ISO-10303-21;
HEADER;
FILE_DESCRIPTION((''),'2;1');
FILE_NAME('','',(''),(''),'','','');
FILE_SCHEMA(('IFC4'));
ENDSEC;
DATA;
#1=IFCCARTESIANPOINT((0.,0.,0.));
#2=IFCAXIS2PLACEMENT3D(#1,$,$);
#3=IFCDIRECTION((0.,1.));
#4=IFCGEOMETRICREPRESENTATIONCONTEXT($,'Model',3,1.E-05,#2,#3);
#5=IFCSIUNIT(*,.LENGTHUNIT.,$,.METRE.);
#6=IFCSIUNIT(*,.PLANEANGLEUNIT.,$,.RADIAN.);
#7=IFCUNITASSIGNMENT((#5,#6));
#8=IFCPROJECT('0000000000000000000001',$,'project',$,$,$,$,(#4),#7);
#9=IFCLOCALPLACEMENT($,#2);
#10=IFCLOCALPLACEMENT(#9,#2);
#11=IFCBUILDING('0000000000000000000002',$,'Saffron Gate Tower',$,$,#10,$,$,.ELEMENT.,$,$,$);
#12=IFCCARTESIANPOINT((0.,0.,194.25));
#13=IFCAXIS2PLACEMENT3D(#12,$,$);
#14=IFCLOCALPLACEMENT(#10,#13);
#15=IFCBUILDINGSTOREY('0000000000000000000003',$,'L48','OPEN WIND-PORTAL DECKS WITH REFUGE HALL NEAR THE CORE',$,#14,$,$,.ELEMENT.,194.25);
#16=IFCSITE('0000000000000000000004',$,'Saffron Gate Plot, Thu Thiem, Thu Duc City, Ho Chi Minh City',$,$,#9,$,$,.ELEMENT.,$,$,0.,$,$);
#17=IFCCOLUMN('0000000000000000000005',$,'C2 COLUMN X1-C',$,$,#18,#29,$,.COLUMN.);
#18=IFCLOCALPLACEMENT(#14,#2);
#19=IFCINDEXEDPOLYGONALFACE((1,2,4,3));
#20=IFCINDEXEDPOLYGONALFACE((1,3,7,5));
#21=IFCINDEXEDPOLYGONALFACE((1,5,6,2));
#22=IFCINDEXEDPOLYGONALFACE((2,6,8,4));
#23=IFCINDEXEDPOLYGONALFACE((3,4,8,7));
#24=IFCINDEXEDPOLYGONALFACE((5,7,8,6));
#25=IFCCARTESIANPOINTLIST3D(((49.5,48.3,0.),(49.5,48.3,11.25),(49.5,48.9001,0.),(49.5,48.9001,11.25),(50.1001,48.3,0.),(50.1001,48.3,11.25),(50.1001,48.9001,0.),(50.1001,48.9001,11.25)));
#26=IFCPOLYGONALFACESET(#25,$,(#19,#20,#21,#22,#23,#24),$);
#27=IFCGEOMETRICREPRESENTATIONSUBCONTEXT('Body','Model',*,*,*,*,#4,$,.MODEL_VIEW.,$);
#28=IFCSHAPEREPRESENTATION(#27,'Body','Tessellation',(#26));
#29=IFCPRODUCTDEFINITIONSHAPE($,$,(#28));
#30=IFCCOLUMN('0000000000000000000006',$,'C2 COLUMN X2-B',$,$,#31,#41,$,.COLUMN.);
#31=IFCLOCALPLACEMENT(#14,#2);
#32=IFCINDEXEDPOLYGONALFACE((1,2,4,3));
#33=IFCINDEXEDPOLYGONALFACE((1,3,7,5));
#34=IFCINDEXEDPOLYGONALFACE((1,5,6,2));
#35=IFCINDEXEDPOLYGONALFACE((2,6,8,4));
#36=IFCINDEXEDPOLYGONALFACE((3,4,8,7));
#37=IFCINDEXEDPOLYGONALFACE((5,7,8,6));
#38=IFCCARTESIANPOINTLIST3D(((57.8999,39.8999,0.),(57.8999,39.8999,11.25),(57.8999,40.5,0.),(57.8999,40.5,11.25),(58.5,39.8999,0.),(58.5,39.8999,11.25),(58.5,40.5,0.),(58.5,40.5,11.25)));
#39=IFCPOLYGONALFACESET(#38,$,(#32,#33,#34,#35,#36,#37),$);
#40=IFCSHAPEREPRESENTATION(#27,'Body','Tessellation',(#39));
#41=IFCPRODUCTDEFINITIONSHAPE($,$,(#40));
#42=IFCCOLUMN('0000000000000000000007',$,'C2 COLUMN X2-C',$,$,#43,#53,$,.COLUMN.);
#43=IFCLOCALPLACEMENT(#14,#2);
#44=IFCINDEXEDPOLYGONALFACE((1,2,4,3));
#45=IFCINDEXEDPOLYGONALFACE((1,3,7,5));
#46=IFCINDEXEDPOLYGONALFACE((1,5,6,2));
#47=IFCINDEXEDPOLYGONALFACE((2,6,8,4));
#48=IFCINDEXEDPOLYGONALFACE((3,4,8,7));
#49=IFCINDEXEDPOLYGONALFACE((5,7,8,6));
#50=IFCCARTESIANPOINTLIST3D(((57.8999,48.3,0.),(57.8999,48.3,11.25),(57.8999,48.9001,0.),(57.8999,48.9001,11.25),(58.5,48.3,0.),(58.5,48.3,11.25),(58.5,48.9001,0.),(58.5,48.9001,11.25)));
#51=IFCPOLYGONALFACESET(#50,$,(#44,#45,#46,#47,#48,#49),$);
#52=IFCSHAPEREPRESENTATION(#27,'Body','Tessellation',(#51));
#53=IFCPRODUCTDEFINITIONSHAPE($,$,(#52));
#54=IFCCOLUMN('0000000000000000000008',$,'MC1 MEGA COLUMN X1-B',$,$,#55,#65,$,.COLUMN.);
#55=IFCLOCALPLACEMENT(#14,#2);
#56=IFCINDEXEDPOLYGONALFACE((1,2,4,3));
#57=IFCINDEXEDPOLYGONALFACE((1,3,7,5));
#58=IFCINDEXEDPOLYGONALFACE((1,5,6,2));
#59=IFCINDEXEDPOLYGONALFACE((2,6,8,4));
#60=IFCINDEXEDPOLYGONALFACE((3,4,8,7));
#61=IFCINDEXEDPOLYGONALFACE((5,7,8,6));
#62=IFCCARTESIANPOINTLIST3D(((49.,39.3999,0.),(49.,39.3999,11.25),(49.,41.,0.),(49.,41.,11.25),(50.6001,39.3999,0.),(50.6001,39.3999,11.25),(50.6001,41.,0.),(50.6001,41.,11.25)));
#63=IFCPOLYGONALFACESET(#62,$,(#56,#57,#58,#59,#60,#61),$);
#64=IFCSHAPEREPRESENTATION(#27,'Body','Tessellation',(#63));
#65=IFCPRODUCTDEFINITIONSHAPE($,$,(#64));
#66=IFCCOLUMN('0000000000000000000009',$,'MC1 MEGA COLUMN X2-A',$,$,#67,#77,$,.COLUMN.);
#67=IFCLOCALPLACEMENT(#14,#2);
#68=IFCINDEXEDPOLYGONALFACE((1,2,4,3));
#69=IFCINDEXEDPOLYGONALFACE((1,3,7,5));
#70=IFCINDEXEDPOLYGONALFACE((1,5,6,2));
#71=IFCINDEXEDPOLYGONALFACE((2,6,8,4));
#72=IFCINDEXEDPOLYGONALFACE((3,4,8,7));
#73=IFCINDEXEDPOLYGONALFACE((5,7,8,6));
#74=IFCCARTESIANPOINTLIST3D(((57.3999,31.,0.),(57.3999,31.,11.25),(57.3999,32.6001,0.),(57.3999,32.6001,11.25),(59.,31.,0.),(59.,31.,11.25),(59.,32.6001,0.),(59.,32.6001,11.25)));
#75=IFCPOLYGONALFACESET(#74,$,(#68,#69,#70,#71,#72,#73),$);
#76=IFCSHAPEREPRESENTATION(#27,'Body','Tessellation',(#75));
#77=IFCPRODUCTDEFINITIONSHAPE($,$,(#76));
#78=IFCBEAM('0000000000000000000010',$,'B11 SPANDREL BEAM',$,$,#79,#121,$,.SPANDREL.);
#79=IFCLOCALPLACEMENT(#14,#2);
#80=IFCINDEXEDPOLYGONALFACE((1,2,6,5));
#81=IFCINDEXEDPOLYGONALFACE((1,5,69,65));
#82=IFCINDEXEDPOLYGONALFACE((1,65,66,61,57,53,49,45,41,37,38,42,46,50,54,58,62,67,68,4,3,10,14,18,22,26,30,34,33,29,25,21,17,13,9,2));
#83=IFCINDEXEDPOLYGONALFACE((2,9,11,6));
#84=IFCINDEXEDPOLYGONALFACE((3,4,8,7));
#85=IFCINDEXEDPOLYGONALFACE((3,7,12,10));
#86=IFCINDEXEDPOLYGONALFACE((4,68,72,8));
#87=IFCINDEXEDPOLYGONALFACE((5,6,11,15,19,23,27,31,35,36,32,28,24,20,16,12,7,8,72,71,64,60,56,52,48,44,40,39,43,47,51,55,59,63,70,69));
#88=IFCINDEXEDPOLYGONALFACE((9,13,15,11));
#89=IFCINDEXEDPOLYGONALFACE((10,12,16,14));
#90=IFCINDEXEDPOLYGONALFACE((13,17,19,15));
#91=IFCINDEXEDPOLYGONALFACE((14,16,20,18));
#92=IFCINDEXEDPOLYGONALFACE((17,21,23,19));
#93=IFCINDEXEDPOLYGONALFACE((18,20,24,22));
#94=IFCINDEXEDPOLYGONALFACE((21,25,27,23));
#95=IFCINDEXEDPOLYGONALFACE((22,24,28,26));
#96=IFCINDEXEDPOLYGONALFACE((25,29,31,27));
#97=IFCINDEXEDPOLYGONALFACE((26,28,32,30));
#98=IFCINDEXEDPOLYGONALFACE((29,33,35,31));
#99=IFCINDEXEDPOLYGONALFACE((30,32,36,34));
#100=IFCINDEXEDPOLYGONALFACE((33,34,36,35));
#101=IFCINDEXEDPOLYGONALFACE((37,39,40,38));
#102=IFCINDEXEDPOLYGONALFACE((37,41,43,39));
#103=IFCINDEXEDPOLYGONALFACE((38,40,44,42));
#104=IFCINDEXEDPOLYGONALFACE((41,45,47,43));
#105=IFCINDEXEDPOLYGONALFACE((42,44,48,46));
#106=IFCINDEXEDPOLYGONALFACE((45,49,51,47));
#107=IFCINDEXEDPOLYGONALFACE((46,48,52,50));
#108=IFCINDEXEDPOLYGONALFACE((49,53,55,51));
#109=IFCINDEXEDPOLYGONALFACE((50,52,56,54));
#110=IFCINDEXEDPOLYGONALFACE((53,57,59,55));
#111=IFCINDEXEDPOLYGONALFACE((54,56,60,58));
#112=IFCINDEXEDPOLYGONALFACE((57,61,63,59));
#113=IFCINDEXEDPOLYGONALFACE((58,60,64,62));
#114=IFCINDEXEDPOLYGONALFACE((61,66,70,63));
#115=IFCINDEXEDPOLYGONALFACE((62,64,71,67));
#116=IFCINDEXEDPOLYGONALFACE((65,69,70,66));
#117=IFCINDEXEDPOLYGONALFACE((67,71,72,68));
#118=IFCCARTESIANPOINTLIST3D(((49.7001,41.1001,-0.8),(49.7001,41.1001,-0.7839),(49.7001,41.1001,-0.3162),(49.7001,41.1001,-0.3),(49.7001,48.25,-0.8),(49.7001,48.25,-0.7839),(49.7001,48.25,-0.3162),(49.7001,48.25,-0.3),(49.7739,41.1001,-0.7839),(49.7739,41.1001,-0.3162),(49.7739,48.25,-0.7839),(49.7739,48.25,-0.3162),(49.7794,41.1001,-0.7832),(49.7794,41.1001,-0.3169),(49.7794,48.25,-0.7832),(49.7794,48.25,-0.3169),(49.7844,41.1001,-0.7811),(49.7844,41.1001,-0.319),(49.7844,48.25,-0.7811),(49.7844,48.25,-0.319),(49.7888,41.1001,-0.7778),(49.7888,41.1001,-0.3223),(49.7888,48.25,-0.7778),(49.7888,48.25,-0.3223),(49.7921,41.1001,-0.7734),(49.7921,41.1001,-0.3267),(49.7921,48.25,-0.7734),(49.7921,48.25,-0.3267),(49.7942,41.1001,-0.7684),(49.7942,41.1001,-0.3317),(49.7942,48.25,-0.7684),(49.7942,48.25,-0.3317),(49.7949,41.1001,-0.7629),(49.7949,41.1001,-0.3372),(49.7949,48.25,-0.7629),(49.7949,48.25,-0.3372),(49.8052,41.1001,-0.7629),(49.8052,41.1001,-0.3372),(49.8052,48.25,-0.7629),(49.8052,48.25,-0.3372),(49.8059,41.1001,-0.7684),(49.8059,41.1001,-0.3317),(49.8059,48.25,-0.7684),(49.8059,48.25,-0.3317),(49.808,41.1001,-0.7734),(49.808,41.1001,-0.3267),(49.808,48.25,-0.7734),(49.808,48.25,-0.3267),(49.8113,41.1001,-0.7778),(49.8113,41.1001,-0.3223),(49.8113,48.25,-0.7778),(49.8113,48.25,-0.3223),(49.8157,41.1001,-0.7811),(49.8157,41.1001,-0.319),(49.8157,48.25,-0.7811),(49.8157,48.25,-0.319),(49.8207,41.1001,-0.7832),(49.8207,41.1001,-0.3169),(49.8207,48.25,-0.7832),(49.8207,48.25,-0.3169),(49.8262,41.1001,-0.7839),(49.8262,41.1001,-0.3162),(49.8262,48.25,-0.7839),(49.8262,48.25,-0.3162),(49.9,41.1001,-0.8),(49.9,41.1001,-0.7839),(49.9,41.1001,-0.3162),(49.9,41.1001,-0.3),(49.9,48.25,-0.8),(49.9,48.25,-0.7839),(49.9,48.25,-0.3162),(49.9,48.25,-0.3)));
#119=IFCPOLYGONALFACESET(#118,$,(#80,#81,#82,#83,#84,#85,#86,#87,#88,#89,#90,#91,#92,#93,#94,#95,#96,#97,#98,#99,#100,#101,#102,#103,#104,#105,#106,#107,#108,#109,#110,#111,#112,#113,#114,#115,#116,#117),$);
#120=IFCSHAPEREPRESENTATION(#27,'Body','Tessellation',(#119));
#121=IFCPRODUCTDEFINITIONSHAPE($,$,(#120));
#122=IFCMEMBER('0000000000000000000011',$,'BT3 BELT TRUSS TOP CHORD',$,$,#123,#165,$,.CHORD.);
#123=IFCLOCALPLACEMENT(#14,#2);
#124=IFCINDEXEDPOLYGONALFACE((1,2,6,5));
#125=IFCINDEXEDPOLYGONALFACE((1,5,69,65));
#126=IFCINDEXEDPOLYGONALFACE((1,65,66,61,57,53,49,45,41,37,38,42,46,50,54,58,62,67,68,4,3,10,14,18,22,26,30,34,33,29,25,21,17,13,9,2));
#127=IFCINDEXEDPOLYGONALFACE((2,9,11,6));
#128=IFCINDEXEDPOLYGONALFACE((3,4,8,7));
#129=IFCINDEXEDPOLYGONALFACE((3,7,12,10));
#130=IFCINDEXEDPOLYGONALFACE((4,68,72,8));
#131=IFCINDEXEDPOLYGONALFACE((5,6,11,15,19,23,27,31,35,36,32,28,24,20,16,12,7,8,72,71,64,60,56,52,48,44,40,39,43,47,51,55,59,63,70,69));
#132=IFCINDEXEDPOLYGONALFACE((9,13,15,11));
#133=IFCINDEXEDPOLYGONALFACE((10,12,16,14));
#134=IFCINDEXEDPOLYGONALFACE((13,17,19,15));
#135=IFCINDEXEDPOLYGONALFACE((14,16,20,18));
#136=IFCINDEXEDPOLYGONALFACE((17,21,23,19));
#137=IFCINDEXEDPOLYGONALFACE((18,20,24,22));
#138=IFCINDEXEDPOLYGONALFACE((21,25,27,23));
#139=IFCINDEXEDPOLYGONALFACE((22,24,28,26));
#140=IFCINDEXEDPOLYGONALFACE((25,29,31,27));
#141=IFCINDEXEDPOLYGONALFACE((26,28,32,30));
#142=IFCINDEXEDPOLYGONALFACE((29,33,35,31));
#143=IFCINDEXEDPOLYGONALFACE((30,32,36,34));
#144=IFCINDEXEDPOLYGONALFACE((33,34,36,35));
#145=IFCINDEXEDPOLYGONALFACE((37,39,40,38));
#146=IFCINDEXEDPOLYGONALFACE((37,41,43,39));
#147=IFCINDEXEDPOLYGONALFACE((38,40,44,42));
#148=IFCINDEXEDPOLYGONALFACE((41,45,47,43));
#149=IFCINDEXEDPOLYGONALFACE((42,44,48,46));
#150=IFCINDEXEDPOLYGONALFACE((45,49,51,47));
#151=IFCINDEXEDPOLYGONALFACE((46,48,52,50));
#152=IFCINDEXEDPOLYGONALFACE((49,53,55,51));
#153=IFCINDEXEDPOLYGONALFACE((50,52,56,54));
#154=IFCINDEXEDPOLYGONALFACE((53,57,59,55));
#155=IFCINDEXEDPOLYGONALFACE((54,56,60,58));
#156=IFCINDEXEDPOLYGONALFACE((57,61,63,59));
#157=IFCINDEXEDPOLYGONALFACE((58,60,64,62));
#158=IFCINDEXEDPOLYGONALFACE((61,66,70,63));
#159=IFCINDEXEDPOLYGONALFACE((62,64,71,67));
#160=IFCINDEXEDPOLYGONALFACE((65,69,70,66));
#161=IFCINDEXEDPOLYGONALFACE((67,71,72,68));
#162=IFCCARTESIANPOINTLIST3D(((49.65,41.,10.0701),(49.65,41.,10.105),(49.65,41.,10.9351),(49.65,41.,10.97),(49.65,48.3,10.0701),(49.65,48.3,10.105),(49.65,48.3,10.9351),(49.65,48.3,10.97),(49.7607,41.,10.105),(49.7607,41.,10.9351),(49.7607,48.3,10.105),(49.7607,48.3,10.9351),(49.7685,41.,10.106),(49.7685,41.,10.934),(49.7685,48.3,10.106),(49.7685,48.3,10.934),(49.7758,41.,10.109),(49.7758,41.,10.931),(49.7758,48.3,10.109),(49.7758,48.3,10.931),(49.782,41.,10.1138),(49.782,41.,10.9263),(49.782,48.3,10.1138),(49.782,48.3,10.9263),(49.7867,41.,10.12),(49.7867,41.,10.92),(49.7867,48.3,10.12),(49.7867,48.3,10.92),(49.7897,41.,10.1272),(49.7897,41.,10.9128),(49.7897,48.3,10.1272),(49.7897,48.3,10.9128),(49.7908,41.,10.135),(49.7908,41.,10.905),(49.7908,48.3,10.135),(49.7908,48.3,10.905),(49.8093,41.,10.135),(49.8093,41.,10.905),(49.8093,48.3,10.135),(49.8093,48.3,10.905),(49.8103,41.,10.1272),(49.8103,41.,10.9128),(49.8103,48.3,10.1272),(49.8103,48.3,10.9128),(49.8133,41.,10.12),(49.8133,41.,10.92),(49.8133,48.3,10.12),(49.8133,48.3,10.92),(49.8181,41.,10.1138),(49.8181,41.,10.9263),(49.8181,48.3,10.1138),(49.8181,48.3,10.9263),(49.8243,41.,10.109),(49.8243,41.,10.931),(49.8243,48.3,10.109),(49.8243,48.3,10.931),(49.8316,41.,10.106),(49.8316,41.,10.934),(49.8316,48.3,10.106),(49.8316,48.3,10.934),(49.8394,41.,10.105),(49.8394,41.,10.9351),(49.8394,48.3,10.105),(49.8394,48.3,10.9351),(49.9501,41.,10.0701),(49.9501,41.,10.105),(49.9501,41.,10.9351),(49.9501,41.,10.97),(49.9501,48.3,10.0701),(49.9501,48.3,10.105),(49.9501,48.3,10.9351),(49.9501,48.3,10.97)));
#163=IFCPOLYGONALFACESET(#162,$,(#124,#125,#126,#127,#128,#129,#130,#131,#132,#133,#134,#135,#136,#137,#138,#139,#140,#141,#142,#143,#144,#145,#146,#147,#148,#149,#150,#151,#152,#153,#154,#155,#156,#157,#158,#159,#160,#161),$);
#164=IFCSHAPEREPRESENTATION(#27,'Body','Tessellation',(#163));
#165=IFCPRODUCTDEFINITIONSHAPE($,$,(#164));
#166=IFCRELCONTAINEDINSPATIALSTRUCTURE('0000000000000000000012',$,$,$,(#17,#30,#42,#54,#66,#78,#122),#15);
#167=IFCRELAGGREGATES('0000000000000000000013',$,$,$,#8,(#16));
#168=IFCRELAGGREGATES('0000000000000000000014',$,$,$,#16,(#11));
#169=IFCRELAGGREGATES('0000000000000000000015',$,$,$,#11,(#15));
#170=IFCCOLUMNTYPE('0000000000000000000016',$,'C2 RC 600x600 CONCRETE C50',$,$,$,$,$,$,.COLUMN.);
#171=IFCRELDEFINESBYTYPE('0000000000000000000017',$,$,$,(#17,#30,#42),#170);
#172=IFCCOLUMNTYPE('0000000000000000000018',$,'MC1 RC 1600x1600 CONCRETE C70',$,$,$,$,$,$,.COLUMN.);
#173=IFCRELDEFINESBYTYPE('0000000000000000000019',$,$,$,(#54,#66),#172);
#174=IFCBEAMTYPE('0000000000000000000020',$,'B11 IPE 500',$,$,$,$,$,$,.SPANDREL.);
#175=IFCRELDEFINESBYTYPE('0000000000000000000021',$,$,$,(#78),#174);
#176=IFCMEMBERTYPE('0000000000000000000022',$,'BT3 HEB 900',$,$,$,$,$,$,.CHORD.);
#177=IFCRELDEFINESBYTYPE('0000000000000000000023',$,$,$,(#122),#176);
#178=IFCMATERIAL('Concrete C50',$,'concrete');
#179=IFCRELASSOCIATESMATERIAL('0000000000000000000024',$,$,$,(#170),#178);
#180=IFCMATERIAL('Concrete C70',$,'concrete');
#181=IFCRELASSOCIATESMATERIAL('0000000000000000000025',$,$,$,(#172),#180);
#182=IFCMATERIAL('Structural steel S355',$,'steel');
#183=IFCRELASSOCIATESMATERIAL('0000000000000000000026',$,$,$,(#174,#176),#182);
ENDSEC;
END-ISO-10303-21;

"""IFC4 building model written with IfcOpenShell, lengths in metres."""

from ifc_helpers import new_model, si_unit, direction, frame, origin, origin_2d, place, context, subcontext, project, spatial, rectangle, i_section, extrude, material, material_profile, profile_set, type_object, element, save


model = new_model("IFC4")

# Units and contexts
model_context = context("Model", 3, precision=1e-05, world=origin(), true_north=direction((0.0, 1.0)))
body_context = subcontext(model_context, "Body", "Model", "MODEL_VIEW")
ifc_project = project(units=[si_unit("LENGTHUNIT", "METRE"), si_unit("PLANEANGLEUNIT", "RADIAN")], contexts=[model_context])

# Site, building, storey
site_placement = place(None, origin())
site = spatial("IfcSite", under=ifc_project, at=site_placement, Name="Saffron Gate Plot, Thu Thiem, Thu Duc City, Ho Chi Minh City", CompositionType="ELEMENT", RefElevation=0.0)
building_placement = place(site_placement, origin())
building = spatial("IfcBuilding", under=site, at=building_placement, Name="Saffron Gate Tower", CompositionType="ELEMENT")
storey_placement = place(building_placement, frame((0.0, 0.0, 194.25)))
storey = spatial("IfcBuildingStorey", under=building, at=storey_placement, Name="L48", Description="OPEN WIND-PORTAL DECKS WITH REFUGE HALL NEAR THE CORE", CompositionType="ELEMENT", Elevation=194.25)

# Columns
ifc_material_1 = material(Name="Concrete C50", Category="concrete")
ifc_material_profile_1 = material_profile(ifc_material_1, rectangle(XDim=0.6001, YDim=0.6001, at=origin_2d()))
ifc_profile_set_1 = profile_set([ifc_material_profile_1], Name="Concrete C50")
column_type_1 = type_object("IfcColumnType", Name="C2 RC 600x600 CONCRETE C50", PredefinedType="COLUMN", material=ifc_profile_set_1)
for number, where, z_axis, x_axis, name in (
    (1, (49.8, 48.6001, 0.0), (0.0, 0.0, 1.0), (1.0, 0.0, 0.0), "C2 COLUMN X1-C"),
    (2, (58.2, 40.2, 0.0), (0.0, 0.0, 1.0), (1.0, 0.0, 0.0), "C2 COLUMN X2-B"),
    (3, (58.2, 48.6001, 0.0), (0.0, 0.0, 1.0), (1.0, 0.0, 0.0), "C2 COLUMN X2-C"),
):
    element("IfcColumn", number, at=place(storey_placement, frame(where, z_axis=z_axis, x_axis=x_axis)), inside=storey, type_object=column_type_1, Name=name, PredefinedType="COLUMN", context=body_context, shape_type="SweptSolid", body=[
        extrude(rectangle(XDim=0.6001, YDim=0.6001, at=origin_2d()), origin(), (0.0, 0.0, 1.0), 11.25),
    ])
ifc_material_2 = material(Name="Concrete C70", Category="concrete")
ifc_material_profile_2 = material_profile(ifc_material_2, rectangle(XDim=1.6001, YDim=1.6001, at=origin_2d()))
ifc_profile_set_2 = profile_set([ifc_material_profile_2], Name="Concrete C70")
column_type_2 = type_object("IfcColumnType", Name="MC1 RC 1600x1600 CONCRETE C70", PredefinedType="COLUMN", material=ifc_profile_set_2)
for number, where, z_axis, x_axis, name in (
    (4, (49.8, 40.2, 0.0), (0.0, 0.0, 1.0), (1.0, 0.0, 0.0), "MC1 MEGA COLUMN X1-B"),
    (5, (58.2, 31.8, 0.0), (0.0, 0.0, 1.0), (1.0, 0.0, 0.0), "MC1 MEGA COLUMN X2-A"),
):
    element("IfcColumn", number, at=place(storey_placement, frame(where, z_axis=z_axis, x_axis=x_axis)), inside=storey, type_object=column_type_2, Name=name, PredefinedType="COLUMN", context=body_context, shape_type="SweptSolid", body=[
        extrude(rectangle(XDim=1.6001, YDim=1.6001, at=origin_2d()), origin(), (0.0, 0.0, 1.0), 11.25),
    ])

# Beam
ifc_material_3 = material(Name="Structural steel S355", Category="steel")
ifc_material_profile_3 = material_profile(ifc_material_3, i_section(OverallWidth=0.2, OverallDepth=0.5, WebThickness=0.0103, FlangeThickness=0.0161, FilletRadius=0.021, at=origin_2d()))
ifc_profile_set_3 = profile_set([ifc_material_profile_3], Name="Structural steel S355")
beam_type_1 = type_object("IfcBeamType", Name="B11 IPE 500", PredefinedType="SPANDREL", material=ifc_profile_set_3)
beam_1_placement = place(storey_placement, frame((49.8, 41.1001, -0.55), z_axis=(0.0, 1.0, 0.0), x_axis=(-1.0, 0.0, 0.0)))
element("IfcBeam", 6, at=beam_1_placement, inside=storey, type_object=beam_type_1, Name="B11 SPANDREL BEAM", PredefinedType="SPANDREL", context=body_context, shape_type="SweptSolid", body=[
    extrude(i_section(OverallWidth=0.2, OverallDepth=0.5, WebThickness=0.0103, FlangeThickness=0.0161, FilletRadius=0.021, at=origin_2d()), origin(), (0.0, 0.0, 1.0), 7.1499),
])

# Member
ifc_material_profile_4 = material_profile(ifc_material_3, i_section(OverallWidth=0.3, OverallDepth=0.8999, WebThickness=0.0186, FlangeThickness=0.0349, FilletRadius=0.03, at=origin_2d()))
ifc_profile_set_4 = profile_set([ifc_material_profile_4], Name="Structural steel S355")
member_type_1 = type_object("IfcMemberType", Name="BT3 HEB 900", PredefinedType="CHORD", material=ifc_profile_set_4)
for number, where, z_axis, x_axis, name in (
    (7, (49.8, 41.0, 10.52), (0.0, 1.0, 0.0), (-1.0, 0.0, 0.0), "BT3 BELT TRUSS TOP CHORD"),
):
    element("IfcMember", number, at=place(storey_placement, frame(where, z_axis=z_axis, x_axis=x_axis)), inside=storey, type_object=member_type_1, Name=name, PredefinedType="CHORD", context=body_context, shape_type="SweptSolid", body=[
        extrude(i_section(OverallWidth=0.3, OverallDepth=0.8999, WebThickness=0.0186, FlangeThickness=0.0349, FilletRadius=0.03, at=origin_2d()), origin(), (0.0, 0.0, 1.0), 7.3),
    ])

save(model, "model.ifc")
